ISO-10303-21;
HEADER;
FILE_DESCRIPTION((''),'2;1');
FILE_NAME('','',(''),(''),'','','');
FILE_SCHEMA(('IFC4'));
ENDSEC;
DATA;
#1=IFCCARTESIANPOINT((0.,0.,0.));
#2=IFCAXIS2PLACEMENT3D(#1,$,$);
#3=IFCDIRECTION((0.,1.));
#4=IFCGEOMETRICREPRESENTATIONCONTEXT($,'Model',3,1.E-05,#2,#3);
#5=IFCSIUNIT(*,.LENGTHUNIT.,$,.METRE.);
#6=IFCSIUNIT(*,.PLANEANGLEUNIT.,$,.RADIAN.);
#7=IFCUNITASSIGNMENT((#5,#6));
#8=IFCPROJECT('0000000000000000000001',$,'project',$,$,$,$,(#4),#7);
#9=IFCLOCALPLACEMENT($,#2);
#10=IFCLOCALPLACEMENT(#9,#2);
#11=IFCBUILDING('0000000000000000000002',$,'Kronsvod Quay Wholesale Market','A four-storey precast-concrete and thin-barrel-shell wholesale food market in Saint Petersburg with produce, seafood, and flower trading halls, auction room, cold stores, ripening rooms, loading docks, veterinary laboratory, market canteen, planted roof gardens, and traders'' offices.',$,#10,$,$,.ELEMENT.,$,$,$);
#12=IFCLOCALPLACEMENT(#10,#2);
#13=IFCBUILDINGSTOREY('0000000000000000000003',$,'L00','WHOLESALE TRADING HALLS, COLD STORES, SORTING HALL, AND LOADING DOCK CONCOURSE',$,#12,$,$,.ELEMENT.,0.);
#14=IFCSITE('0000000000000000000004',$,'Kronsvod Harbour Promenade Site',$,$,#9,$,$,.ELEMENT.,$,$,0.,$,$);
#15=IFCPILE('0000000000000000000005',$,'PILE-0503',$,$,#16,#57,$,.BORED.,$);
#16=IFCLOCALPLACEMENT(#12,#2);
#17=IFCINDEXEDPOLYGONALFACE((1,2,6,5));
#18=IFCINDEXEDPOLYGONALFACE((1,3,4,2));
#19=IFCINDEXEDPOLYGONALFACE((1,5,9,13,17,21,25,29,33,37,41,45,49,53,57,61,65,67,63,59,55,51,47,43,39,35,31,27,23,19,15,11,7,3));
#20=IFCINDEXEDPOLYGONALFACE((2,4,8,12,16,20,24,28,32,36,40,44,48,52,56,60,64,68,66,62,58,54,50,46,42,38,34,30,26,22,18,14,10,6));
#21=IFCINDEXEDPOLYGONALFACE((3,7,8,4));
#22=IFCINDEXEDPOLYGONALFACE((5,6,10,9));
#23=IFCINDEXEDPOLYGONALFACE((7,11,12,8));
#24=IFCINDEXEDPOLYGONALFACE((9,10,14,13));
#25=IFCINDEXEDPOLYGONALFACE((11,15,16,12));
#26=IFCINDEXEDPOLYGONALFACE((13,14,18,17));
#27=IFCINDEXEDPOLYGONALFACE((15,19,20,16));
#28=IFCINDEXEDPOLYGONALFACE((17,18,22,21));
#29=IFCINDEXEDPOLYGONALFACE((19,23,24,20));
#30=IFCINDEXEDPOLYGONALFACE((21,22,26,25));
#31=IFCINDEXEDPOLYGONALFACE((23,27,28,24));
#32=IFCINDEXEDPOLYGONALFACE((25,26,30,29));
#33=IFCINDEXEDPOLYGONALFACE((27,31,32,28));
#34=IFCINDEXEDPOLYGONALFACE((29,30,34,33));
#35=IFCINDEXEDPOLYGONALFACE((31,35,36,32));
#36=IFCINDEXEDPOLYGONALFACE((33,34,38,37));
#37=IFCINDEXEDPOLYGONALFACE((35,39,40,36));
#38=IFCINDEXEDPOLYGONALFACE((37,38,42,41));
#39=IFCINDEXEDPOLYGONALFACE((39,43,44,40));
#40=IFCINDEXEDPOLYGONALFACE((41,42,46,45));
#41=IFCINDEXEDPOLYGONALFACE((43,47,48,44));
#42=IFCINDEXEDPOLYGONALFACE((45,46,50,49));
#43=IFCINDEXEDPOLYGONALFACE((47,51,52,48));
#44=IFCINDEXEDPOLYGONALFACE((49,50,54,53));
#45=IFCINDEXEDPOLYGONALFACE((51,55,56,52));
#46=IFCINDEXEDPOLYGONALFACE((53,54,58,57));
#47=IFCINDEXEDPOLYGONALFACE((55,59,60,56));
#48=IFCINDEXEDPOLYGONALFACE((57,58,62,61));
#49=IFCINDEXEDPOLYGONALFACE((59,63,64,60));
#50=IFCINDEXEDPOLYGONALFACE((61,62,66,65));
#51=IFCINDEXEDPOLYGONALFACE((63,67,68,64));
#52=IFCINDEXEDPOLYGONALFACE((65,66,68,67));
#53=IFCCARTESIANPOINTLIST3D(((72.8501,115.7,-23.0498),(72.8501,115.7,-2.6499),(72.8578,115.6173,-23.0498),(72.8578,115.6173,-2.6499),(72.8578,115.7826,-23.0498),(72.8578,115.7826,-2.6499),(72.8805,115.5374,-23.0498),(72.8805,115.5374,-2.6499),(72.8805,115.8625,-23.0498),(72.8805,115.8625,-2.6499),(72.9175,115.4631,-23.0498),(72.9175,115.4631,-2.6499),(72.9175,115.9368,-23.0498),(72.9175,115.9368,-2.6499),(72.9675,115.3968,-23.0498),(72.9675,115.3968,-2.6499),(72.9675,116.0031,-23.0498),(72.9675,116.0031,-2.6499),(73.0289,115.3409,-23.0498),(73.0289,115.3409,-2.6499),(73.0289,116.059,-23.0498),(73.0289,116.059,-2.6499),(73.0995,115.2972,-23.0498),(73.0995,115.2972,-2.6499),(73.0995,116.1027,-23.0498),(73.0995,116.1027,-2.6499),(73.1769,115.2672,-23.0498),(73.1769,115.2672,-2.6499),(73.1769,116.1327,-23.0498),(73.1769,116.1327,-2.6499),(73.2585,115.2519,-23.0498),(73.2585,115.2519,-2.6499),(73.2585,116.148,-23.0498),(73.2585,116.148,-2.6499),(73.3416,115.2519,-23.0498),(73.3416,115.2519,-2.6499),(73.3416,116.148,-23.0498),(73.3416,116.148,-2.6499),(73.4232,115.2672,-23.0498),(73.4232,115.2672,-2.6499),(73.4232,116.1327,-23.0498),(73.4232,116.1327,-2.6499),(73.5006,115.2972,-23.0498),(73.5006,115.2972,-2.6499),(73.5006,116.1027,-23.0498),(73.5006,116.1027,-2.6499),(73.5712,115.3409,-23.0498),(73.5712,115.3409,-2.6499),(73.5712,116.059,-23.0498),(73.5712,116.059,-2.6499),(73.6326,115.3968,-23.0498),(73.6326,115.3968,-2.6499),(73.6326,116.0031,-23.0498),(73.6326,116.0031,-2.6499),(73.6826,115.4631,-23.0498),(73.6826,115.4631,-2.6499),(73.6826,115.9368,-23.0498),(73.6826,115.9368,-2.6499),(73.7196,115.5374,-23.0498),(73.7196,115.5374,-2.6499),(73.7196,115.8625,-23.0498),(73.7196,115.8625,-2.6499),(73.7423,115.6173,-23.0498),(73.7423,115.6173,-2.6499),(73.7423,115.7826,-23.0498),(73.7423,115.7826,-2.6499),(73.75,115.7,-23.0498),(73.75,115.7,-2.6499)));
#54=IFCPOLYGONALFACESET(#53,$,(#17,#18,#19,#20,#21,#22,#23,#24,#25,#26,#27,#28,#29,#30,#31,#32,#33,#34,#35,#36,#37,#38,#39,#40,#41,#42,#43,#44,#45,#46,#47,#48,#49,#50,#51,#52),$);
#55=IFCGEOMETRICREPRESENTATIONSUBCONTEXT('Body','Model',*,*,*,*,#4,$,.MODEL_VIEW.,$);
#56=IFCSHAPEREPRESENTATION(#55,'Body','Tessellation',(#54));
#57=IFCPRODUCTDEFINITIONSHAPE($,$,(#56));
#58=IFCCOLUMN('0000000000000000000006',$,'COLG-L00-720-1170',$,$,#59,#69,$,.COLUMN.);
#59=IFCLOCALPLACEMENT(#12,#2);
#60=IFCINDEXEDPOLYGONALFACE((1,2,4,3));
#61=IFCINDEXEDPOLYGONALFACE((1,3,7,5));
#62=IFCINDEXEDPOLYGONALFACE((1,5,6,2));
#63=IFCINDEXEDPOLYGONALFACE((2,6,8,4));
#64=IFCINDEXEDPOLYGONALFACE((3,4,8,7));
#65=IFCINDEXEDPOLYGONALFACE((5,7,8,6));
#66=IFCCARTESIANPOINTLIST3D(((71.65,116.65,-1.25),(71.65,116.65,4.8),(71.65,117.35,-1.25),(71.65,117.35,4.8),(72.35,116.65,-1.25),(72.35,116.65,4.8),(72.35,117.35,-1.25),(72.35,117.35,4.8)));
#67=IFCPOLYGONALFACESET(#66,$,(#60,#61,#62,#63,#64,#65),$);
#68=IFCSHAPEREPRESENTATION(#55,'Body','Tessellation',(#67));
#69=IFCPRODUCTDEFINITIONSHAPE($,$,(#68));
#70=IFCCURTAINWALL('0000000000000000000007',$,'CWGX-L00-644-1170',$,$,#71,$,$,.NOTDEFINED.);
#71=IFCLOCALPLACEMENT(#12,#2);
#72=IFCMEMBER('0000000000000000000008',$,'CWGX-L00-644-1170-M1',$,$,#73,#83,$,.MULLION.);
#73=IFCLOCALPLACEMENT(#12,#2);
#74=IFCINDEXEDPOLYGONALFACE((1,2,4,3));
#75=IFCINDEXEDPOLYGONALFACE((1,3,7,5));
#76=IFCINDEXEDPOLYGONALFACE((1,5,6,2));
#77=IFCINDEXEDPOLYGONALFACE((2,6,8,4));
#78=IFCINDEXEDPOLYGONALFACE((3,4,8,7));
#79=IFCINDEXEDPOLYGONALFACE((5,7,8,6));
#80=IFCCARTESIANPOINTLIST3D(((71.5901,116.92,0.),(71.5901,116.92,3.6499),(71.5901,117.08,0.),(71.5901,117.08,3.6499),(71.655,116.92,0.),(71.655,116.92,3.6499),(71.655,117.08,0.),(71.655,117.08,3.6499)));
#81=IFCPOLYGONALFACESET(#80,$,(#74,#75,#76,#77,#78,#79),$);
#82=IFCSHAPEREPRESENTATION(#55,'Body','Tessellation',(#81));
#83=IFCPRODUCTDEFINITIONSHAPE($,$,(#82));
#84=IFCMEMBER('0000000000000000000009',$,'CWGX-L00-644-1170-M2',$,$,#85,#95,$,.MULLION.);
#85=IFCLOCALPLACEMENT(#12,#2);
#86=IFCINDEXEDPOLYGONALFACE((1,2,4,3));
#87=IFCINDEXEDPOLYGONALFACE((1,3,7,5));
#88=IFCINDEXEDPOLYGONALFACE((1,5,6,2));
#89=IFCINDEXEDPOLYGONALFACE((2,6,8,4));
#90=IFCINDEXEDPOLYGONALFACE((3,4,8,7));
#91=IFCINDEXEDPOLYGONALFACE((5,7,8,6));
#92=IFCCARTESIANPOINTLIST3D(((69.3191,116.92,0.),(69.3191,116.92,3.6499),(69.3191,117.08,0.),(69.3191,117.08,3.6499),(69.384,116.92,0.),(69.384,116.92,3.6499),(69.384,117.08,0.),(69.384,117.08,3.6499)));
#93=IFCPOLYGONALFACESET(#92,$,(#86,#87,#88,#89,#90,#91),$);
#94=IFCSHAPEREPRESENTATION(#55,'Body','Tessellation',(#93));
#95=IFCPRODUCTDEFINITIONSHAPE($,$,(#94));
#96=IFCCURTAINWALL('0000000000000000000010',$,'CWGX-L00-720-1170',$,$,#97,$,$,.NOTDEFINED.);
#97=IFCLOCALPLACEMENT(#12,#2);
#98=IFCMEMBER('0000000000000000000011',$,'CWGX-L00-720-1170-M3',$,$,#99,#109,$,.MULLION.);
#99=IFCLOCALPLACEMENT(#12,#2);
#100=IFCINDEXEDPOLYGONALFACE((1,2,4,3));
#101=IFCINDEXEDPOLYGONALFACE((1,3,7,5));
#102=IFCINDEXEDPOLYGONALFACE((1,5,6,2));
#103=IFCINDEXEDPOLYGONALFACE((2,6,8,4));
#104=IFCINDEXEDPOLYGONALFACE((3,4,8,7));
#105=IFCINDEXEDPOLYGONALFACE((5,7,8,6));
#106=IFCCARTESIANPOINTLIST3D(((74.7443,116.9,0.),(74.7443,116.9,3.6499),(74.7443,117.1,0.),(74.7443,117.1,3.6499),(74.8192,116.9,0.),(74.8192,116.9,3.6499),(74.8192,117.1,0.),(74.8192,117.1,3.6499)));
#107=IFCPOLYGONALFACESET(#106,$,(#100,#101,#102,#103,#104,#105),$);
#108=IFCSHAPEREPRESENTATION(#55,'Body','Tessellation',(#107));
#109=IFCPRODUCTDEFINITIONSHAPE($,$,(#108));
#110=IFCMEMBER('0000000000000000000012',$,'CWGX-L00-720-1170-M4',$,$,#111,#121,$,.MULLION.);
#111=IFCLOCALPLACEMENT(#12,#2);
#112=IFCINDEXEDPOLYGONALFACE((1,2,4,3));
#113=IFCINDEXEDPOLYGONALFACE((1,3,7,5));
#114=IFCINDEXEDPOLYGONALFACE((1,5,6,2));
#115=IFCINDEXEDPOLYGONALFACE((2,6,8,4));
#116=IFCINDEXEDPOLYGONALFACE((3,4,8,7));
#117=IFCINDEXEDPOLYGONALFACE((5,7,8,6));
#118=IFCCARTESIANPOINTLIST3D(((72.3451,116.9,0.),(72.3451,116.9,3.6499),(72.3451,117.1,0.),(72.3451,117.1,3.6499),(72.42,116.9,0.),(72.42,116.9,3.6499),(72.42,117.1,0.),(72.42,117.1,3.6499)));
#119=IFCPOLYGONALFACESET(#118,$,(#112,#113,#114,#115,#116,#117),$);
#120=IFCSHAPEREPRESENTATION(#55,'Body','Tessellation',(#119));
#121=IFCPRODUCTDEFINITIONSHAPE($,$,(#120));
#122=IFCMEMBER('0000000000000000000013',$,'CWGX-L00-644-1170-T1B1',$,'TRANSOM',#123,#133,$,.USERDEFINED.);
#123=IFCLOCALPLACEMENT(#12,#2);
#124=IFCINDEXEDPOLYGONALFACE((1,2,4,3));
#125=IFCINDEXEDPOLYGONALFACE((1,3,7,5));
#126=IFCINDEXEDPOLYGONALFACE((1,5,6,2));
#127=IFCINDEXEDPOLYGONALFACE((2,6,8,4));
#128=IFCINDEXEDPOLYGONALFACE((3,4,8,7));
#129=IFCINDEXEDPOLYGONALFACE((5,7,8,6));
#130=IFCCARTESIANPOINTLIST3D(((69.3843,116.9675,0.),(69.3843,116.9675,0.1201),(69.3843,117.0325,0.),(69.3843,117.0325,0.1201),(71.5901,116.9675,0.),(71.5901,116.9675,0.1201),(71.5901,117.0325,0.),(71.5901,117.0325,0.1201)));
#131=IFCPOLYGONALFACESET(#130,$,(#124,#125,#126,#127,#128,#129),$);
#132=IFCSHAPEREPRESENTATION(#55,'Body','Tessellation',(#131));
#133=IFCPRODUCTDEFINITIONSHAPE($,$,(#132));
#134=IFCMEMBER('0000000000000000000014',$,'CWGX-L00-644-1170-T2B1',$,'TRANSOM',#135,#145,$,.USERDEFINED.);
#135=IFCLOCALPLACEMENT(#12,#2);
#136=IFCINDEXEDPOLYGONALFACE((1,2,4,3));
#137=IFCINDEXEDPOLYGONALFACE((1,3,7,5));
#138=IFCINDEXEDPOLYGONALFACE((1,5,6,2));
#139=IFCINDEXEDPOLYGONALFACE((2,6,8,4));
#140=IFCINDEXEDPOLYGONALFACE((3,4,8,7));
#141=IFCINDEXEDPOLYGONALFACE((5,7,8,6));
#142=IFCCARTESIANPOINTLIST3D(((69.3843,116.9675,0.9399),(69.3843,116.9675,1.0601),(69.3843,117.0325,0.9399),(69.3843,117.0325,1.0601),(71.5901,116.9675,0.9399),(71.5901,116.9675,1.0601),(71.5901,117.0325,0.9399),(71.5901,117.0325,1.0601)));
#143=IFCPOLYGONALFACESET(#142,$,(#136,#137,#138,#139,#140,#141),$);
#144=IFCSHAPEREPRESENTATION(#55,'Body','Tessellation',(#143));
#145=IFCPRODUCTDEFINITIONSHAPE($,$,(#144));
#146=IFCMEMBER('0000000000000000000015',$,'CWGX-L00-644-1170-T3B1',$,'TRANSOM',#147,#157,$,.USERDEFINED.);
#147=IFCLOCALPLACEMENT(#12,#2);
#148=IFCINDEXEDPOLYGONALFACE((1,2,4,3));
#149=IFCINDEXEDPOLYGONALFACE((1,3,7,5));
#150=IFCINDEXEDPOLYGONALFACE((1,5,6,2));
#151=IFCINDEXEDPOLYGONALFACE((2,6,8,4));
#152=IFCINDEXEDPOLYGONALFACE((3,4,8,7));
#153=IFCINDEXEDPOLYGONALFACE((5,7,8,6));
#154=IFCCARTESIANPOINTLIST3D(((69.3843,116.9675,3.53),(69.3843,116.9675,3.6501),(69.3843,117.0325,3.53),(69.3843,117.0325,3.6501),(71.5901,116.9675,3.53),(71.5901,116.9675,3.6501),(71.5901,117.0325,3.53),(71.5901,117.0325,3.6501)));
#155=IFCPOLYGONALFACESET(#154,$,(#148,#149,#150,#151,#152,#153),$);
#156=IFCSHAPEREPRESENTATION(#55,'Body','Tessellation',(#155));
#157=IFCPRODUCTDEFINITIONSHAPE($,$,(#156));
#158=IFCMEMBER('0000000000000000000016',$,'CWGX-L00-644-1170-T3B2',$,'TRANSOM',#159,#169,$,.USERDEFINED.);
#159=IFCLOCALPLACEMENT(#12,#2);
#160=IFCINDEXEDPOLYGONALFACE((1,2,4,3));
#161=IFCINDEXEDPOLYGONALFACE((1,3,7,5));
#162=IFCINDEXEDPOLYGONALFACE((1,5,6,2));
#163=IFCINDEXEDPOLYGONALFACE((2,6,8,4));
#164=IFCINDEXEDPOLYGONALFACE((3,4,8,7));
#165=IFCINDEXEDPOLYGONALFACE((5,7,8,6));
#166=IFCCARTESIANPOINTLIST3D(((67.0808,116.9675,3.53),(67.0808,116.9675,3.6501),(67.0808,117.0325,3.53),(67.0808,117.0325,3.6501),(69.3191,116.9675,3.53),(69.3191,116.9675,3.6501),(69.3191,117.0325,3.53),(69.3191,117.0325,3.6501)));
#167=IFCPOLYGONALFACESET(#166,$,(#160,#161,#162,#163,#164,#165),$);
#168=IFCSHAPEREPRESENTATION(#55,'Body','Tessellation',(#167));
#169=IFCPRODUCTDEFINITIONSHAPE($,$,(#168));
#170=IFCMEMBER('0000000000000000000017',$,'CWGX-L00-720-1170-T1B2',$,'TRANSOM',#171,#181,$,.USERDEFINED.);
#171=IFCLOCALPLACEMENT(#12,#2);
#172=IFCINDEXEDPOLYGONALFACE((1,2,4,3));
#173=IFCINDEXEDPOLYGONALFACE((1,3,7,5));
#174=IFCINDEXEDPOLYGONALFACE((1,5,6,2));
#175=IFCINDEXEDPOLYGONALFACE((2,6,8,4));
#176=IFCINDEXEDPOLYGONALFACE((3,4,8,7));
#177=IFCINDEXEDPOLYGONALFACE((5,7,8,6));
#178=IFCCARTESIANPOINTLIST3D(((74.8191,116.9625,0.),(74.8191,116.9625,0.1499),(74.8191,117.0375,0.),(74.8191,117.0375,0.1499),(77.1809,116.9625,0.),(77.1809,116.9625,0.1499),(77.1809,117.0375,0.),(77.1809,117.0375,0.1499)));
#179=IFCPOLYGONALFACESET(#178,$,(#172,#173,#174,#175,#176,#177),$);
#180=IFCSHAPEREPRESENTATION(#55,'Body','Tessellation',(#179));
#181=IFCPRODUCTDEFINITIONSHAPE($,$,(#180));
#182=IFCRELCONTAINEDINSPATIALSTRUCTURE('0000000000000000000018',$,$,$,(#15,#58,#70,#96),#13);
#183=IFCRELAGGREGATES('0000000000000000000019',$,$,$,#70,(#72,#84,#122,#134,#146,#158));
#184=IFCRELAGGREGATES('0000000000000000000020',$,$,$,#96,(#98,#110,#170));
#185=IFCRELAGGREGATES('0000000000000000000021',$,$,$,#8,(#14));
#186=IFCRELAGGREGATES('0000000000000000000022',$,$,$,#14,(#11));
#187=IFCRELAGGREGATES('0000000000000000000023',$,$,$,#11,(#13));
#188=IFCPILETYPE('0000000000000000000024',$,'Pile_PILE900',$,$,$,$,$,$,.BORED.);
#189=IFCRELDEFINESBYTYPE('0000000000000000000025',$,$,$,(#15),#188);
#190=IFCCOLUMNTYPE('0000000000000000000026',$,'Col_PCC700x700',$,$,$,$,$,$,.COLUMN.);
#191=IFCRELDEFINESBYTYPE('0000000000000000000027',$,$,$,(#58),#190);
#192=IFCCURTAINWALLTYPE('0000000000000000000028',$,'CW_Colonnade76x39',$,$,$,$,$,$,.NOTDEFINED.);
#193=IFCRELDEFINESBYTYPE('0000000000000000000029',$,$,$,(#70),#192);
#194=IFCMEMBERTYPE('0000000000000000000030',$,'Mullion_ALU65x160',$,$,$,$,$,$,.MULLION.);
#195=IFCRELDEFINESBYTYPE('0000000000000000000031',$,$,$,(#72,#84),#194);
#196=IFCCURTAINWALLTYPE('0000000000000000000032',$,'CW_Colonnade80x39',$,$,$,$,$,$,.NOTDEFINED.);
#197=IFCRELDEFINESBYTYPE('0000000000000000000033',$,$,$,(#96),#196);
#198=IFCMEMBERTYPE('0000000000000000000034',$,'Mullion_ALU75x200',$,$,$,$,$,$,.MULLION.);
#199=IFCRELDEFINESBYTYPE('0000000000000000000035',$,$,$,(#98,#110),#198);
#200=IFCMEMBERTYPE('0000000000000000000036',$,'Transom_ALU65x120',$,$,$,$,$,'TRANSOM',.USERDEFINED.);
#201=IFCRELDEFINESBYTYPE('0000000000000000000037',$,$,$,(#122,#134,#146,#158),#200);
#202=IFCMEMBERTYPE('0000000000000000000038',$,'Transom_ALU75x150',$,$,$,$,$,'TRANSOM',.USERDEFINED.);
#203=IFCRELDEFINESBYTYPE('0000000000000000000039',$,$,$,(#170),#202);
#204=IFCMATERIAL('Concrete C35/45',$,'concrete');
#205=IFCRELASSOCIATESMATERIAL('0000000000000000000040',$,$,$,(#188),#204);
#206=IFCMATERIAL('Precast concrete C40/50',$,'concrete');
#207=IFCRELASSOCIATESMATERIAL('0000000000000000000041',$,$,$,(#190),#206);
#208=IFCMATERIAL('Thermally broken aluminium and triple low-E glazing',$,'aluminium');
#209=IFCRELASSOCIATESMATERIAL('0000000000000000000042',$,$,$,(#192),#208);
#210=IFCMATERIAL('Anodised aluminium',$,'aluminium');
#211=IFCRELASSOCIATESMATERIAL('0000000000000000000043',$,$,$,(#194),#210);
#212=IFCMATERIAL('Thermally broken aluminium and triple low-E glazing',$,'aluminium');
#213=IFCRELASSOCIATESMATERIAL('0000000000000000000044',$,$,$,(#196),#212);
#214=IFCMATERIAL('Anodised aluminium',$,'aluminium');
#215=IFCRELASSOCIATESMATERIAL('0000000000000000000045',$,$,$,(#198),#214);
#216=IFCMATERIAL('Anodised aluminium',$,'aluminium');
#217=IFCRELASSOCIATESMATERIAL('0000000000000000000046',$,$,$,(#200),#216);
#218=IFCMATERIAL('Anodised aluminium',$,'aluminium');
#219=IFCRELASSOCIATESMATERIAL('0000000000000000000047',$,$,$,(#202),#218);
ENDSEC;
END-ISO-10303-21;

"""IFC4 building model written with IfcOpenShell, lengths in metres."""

from ifc_helpers import new_model, si_unit, direction, frame, origin, origin_2d, place, context, subcontext, project, spatial, rectangle, circle, extrude, material, material_profile, profile_set, type_object, element, aggregate, save


model = new_model("IFC4")

# Units and contexts
model_context = context("Model", 3, precision=1e-05, world=origin(), true_north=direction((0.0, 1.0)))
body_context = subcontext(model_context, "Body", "Model", "MODEL_VIEW")
ifc_project = project(units=[si_unit("LENGTHUNIT", "METRE"), si_unit("PLANEANGLEUNIT", "RADIAN")], contexts=[model_context])

# Site, building, storey
site_placement = place(None, origin())
site = spatial("IfcSite", under=ifc_project, at=site_placement, Name="Kronsvod Harbour Promenade Site", CompositionType="ELEMENT", RefElevation=0.0)
building_placement = place(site_placement, origin())
building = spatial("IfcBuilding", under=site, at=building_placement, Name="Kronsvod Quay Wholesale Market", Description="A four-storey precast-concrete and thin-barrel-shell wholesale food market in Saint Petersburg with produce, seafood, and flower trading halls, auction room, cold stores, ripening rooms, loading docks, veterinary laboratory, market canteen, planted roof gardens, and traders' offices.", CompositionType="ELEMENT")
storey_placement = place(building_placement, origin())
storey = spatial("IfcBuildingStorey", under=building, at=storey_placement, Name="L00", Description="WHOLESALE TRADING HALLS, COLD STORES, SORTING HALL, AND LOADING DOCK CONCOURSE", CompositionType="ELEMENT", Elevation=0.0)

# Pile
ifc_material_1 = material(Name="Concrete C35/45", Category="concrete")
ifc_material_profile_1 = material_profile(ifc_material_1, circle(Radius=0.45, at=origin_2d()), Name="PILE900")
ifc_profile_set_1 = profile_set([ifc_material_profile_1], Name="Concrete C35/45")
pile_type = type_object("IfcPileType", Name="Pile_PILE900", PredefinedType="BORED", material=ifc_profile_set_1)
for number, where, z_axis, x_axis, name in (
    (1, (73.3, 115.7, -2.6499), (0.0, 0.0, -1.0), (1.0, 0.0, 0.0), "PILE-0503"),
):
    element("IfcPile", number, at=place(storey_placement, frame(where, z_axis=z_axis, x_axis=x_axis)), inside=storey, type_object=pile_type, Name=name, PredefinedType="BORED", context=body_context, shape_type="SweptSolid", body=[
        extrude(circle(Radius=0.45, at=origin_2d()), origin(), (0.0, 0.0, 1.0), 20.3999),
    ])

# Column
ifc_material_2 = material(Name="Precast concrete C40/50", Category="concrete")
ifc_material_profile_2 = material_profile(ifc_material_2, rectangle(XDim=0.7, YDim=0.7, at=origin_2d()), Name="PCC700x700")
ifc_profile_set_2 = profile_set([ifc_material_profile_2], Name="Precast concrete C40/50")
column_type = type_object("IfcColumnType", Name="Col_PCC700x700", PredefinedType="COLUMN", material=ifc_profile_set_2)
column_placement = place(storey_placement, frame((72.0, 117.0, -1.25), z_axis=(0.0, 0.0, 1.0), x_axis=(1.0, 0.0, 0.0)))
element("IfcColumn", 2, at=column_placement, inside=storey, type_object=column_type, Name="COLG-L00-720-1170", PredefinedType="COLUMN", context=body_context, shape_type="SweptSolid", body=[
    extrude(rectangle(XDim=0.7, YDim=0.7, at=origin_2d()), origin(), (0.0, 0.0, 1.0), 6.05),
])

# Curtain walls, members
ifc_material_3 = material(Name="Thermally broken aluminium and triple low-E glazing", Category="aluminium")
curtain_wall_type_1 = type_object("IfcCurtainWallType", Name="CW_Colonnade76x39", PredefinedType="NOTDEFINED", material=ifc_material_3)
curtain_wall_1_placement = place(storey_placement, origin())
curtain_wall_1 = element("IfcCurtainWall", 3, at=curtain_wall_1_placement, inside=storey, type_object=curtain_wall_type_1, Name="CWGX-L00-644-1170", PredefinedType="NOTDEFINED")
ifc_material_4 = material(Name="Anodised aluminium", Category="aluminium")
ifc_material_profile_3 = material_profile(ifc_material_4, rectangle(XDim=0.0649, YDim=0.1599, at=origin_2d()), Name="ALUM65x160")
ifc_profile_set_3 = profile_set([ifc_material_profile_3], Name="Anodised aluminium")
member_type_1 = type_object("IfcMemberType", Name="Mullion_ALU65x160", PredefinedType="MULLION", material=ifc_profile_set_3)
member_1_placement = place(storey_placement, frame((71.6226, 117.0, 0.0), z_axis=(0.0, 0.0, 1.0), x_axis=(1.0, 0.0, 0.0)))
member_1 = element("IfcMember", 4, at=member_1_placement, type_object=member_type_1, Name="CWGX-L00-644-1170-M1", PredefinedType="MULLION", context=body_context, shape_type="SweptSolid", body=[
    extrude(rectangle(XDim=0.0649, YDim=0.1599, at=origin_2d()), origin(), (0.0, 0.0, 1.0), 3.6499),
])
member_2_placement = place(storey_placement, frame((69.3516, 117.0, 0.0), z_axis=(0.0, 0.0, 1.0), x_axis=(1.0, 0.0, 0.0)))
member_2 = element("IfcMember", 5, at=member_2_placement, type_object=member_type_1, Name="CWGX-L00-644-1170-M2", PredefinedType="MULLION", context=body_context, shape_type="SweptSolid", body=[
    extrude(rectangle(XDim=0.0649, YDim=0.1599, at=origin_2d()), origin(), (0.0, 0.0, 1.0), 3.6499),
])
ifc_material_5 = material(Name="Thermally broken aluminium and triple low-E glazing", Category="aluminium")
curtain_wall_type_2 = type_object("IfcCurtainWallType", Name="CW_Colonnade80x39", PredefinedType="NOTDEFINED", material=ifc_material_5)
curtain_wall_2_placement = place(storey_placement, origin())
curtain_wall_2 = element("IfcCurtainWall", 6, at=curtain_wall_2_placement, inside=storey, type_object=curtain_wall_type_2, Name="CWGX-L00-720-1170", PredefinedType="NOTDEFINED")
ifc_material_6 = material(Name="Anodised aluminium", Category="aluminium")
ifc_material_profile_4 = material_profile(ifc_material_6, rectangle(XDim=0.075, YDim=0.2, at=origin_2d()), Name="ALUM75x200")
ifc_profile_set_4 = profile_set([ifc_material_profile_4], Name="Anodised aluminium")
member_type_2 = type_object("IfcMemberType", Name="Mullion_ALU75x200", PredefinedType="MULLION", material=ifc_profile_set_4)
member_3_placement = place(storey_placement, frame((74.7817, 117.0, 0.0), z_axis=(0.0, 0.0, 1.0), x_axis=(1.0, 0.0, 0.0)))
member_3 = element("IfcMember", 7, at=member_3_placement, type_object=member_type_2, Name="CWGX-L00-720-1170-M3", PredefinedType="MULLION", context=body_context, shape_type="SweptSolid", body=[
    extrude(rectangle(XDim=0.075, YDim=0.2, at=origin_2d()), origin(), (0.0, 0.0, 1.0), 3.6499),
])
member_4_placement = place(storey_placement, frame((72.3826, 117.0, 0.0), z_axis=(0.0, 0.0, 1.0), x_axis=(1.0, 0.0, 0.0)))
member_4 = element("IfcMember", 8, at=member_4_placement, type_object=member_type_2, Name="CWGX-L00-720-1170-M4", PredefinedType="MULLION", context=body_context, shape_type="SweptSolid", body=[
    extrude(rectangle(XDim=0.075, YDim=0.2, at=origin_2d()), origin(), (0.0, 0.0, 1.0), 3.6499),
])

# Members
ifc_material_7 = material(Name="Anodised aluminium", Category="aluminium")
ifc_material_profile_5 = material_profile(ifc_material_7, rectangle(XDim=0.0649, YDim=0.1201, at=origin_2d()), Name="ALUT65x120")
ifc_profile_set_5 = profile_set([ifc_material_profile_5], Name="Anodised aluminium")
member_type_3 = type_object("IfcMemberType", Name="Transom_ALU65x120", ElementType="TRANSOM", PredefinedType="USERDEFINED", material=ifc_profile_set_5)
member_5_placement = place(storey_placement, frame((71.5901, 117.0, 0.0601), z_axis=(-1.0, 0.0, 0.0), x_axis=(0.0, -1.0, 0.0)))
member_5 = element("IfcMember", 9, at=member_5_placement, type_object=member_type_3, Name="CWGX-L00-644-1170-T1B1", ObjectType="TRANSOM", PredefinedType="USERDEFINED", context=body_context, shape_type="SweptSolid", body=[
    extrude(rectangle(XDim=0.0649, YDim=0.1201, at=origin_2d()), origin(), (0.0, 0.0, 1.0), 2.2058),
])
member_6_placement = place(storey_placement, frame((71.5901, 117.0, 1.0), z_axis=(-1.0, 0.0, 0.0), x_axis=(0.0, -1.0, 0.0)))
member_6 = element("IfcMember", 10, at=member_6_placement, type_object=member_type_3, Name="CWGX-L00-644-1170-T2B1", ObjectType="TRANSOM", PredefinedType="USERDEFINED", context=body_context, shape_type="SweptSolid", body=[
    extrude(rectangle(XDim=0.0649, YDim=0.1201, at=origin_2d()), origin(), (0.0, 0.0, 1.0), 2.2058),
])
member_7_placement = place(storey_placement, frame((71.5901, 117.0, 3.5901), z_axis=(-1.0, 0.0, 0.0), x_axis=(0.0, -1.0, 0.0)))
member_7 = element("IfcMember", 11, at=member_7_placement, type_object=member_type_3, Name="CWGX-L00-644-1170-T3B1", ObjectType="TRANSOM", PredefinedType="USERDEFINED", context=body_context, shape_type="SweptSolid", body=[
    extrude(rectangle(XDim=0.0649, YDim=0.1201, at=origin_2d()), origin(), (0.0, 0.0, 1.0), 2.2058),
])
member_8_placement = place(storey_placement, frame((69.3191, 117.0, 3.5901), z_axis=(-1.0, 0.0, 0.0), x_axis=(0.0, -1.0, 0.0)))
member_8 = element("IfcMember", 12, at=member_8_placement, type_object=member_type_3, Name="CWGX-L00-644-1170-T3B2", ObjectType="TRANSOM", PredefinedType="USERDEFINED", context=body_context, shape_type="SweptSolid", body=[
    extrude(rectangle(XDim=0.0649, YDim=0.1201, at=origin_2d()), origin(), (0.0, 0.0, 1.0), 2.2383),
])
ifc_material_8 = material(Name="Anodised aluminium", Category="aluminium")
ifc_material_profile_6 = material_profile(ifc_material_8, rectangle(XDim=0.075, YDim=0.1499, at=origin_2d()), Name="ALUT75x150")
ifc_profile_set_6 = profile_set([ifc_material_profile_6], Name="Anodised aluminium")
member_type_4 = type_object("IfcMemberType", Name="Transom_ALU75x150", ElementType="TRANSOM", PredefinedType="USERDEFINED", material=ifc_profile_set_6)
member_9_placement = place(storey_placement, frame((77.1809, 117.0, 0.075), z_axis=(-1.0, 0.0, 0.0), x_axis=(0.0, -1.0, 0.0)))
member_9 = element("IfcMember", 13, at=member_9_placement, type_object=member_type_4, Name="CWGX-L00-720-1170-T1B2", ObjectType="TRANSOM", PredefinedType="USERDEFINED", context=body_context, shape_type="SweptSolid", body=[
    extrude(rectangle(XDim=0.075, YDim=0.1499, at=origin_2d()), origin(), (0.0, 0.0, 1.0), 2.3618),
])

aggregate(curtain_wall_1, [member_1, member_2, member_5, member_6, member_7, member_8])
aggregate(curtain_wall_2, [member_3, member_4, member_9])

save(model, "model.ifc")
